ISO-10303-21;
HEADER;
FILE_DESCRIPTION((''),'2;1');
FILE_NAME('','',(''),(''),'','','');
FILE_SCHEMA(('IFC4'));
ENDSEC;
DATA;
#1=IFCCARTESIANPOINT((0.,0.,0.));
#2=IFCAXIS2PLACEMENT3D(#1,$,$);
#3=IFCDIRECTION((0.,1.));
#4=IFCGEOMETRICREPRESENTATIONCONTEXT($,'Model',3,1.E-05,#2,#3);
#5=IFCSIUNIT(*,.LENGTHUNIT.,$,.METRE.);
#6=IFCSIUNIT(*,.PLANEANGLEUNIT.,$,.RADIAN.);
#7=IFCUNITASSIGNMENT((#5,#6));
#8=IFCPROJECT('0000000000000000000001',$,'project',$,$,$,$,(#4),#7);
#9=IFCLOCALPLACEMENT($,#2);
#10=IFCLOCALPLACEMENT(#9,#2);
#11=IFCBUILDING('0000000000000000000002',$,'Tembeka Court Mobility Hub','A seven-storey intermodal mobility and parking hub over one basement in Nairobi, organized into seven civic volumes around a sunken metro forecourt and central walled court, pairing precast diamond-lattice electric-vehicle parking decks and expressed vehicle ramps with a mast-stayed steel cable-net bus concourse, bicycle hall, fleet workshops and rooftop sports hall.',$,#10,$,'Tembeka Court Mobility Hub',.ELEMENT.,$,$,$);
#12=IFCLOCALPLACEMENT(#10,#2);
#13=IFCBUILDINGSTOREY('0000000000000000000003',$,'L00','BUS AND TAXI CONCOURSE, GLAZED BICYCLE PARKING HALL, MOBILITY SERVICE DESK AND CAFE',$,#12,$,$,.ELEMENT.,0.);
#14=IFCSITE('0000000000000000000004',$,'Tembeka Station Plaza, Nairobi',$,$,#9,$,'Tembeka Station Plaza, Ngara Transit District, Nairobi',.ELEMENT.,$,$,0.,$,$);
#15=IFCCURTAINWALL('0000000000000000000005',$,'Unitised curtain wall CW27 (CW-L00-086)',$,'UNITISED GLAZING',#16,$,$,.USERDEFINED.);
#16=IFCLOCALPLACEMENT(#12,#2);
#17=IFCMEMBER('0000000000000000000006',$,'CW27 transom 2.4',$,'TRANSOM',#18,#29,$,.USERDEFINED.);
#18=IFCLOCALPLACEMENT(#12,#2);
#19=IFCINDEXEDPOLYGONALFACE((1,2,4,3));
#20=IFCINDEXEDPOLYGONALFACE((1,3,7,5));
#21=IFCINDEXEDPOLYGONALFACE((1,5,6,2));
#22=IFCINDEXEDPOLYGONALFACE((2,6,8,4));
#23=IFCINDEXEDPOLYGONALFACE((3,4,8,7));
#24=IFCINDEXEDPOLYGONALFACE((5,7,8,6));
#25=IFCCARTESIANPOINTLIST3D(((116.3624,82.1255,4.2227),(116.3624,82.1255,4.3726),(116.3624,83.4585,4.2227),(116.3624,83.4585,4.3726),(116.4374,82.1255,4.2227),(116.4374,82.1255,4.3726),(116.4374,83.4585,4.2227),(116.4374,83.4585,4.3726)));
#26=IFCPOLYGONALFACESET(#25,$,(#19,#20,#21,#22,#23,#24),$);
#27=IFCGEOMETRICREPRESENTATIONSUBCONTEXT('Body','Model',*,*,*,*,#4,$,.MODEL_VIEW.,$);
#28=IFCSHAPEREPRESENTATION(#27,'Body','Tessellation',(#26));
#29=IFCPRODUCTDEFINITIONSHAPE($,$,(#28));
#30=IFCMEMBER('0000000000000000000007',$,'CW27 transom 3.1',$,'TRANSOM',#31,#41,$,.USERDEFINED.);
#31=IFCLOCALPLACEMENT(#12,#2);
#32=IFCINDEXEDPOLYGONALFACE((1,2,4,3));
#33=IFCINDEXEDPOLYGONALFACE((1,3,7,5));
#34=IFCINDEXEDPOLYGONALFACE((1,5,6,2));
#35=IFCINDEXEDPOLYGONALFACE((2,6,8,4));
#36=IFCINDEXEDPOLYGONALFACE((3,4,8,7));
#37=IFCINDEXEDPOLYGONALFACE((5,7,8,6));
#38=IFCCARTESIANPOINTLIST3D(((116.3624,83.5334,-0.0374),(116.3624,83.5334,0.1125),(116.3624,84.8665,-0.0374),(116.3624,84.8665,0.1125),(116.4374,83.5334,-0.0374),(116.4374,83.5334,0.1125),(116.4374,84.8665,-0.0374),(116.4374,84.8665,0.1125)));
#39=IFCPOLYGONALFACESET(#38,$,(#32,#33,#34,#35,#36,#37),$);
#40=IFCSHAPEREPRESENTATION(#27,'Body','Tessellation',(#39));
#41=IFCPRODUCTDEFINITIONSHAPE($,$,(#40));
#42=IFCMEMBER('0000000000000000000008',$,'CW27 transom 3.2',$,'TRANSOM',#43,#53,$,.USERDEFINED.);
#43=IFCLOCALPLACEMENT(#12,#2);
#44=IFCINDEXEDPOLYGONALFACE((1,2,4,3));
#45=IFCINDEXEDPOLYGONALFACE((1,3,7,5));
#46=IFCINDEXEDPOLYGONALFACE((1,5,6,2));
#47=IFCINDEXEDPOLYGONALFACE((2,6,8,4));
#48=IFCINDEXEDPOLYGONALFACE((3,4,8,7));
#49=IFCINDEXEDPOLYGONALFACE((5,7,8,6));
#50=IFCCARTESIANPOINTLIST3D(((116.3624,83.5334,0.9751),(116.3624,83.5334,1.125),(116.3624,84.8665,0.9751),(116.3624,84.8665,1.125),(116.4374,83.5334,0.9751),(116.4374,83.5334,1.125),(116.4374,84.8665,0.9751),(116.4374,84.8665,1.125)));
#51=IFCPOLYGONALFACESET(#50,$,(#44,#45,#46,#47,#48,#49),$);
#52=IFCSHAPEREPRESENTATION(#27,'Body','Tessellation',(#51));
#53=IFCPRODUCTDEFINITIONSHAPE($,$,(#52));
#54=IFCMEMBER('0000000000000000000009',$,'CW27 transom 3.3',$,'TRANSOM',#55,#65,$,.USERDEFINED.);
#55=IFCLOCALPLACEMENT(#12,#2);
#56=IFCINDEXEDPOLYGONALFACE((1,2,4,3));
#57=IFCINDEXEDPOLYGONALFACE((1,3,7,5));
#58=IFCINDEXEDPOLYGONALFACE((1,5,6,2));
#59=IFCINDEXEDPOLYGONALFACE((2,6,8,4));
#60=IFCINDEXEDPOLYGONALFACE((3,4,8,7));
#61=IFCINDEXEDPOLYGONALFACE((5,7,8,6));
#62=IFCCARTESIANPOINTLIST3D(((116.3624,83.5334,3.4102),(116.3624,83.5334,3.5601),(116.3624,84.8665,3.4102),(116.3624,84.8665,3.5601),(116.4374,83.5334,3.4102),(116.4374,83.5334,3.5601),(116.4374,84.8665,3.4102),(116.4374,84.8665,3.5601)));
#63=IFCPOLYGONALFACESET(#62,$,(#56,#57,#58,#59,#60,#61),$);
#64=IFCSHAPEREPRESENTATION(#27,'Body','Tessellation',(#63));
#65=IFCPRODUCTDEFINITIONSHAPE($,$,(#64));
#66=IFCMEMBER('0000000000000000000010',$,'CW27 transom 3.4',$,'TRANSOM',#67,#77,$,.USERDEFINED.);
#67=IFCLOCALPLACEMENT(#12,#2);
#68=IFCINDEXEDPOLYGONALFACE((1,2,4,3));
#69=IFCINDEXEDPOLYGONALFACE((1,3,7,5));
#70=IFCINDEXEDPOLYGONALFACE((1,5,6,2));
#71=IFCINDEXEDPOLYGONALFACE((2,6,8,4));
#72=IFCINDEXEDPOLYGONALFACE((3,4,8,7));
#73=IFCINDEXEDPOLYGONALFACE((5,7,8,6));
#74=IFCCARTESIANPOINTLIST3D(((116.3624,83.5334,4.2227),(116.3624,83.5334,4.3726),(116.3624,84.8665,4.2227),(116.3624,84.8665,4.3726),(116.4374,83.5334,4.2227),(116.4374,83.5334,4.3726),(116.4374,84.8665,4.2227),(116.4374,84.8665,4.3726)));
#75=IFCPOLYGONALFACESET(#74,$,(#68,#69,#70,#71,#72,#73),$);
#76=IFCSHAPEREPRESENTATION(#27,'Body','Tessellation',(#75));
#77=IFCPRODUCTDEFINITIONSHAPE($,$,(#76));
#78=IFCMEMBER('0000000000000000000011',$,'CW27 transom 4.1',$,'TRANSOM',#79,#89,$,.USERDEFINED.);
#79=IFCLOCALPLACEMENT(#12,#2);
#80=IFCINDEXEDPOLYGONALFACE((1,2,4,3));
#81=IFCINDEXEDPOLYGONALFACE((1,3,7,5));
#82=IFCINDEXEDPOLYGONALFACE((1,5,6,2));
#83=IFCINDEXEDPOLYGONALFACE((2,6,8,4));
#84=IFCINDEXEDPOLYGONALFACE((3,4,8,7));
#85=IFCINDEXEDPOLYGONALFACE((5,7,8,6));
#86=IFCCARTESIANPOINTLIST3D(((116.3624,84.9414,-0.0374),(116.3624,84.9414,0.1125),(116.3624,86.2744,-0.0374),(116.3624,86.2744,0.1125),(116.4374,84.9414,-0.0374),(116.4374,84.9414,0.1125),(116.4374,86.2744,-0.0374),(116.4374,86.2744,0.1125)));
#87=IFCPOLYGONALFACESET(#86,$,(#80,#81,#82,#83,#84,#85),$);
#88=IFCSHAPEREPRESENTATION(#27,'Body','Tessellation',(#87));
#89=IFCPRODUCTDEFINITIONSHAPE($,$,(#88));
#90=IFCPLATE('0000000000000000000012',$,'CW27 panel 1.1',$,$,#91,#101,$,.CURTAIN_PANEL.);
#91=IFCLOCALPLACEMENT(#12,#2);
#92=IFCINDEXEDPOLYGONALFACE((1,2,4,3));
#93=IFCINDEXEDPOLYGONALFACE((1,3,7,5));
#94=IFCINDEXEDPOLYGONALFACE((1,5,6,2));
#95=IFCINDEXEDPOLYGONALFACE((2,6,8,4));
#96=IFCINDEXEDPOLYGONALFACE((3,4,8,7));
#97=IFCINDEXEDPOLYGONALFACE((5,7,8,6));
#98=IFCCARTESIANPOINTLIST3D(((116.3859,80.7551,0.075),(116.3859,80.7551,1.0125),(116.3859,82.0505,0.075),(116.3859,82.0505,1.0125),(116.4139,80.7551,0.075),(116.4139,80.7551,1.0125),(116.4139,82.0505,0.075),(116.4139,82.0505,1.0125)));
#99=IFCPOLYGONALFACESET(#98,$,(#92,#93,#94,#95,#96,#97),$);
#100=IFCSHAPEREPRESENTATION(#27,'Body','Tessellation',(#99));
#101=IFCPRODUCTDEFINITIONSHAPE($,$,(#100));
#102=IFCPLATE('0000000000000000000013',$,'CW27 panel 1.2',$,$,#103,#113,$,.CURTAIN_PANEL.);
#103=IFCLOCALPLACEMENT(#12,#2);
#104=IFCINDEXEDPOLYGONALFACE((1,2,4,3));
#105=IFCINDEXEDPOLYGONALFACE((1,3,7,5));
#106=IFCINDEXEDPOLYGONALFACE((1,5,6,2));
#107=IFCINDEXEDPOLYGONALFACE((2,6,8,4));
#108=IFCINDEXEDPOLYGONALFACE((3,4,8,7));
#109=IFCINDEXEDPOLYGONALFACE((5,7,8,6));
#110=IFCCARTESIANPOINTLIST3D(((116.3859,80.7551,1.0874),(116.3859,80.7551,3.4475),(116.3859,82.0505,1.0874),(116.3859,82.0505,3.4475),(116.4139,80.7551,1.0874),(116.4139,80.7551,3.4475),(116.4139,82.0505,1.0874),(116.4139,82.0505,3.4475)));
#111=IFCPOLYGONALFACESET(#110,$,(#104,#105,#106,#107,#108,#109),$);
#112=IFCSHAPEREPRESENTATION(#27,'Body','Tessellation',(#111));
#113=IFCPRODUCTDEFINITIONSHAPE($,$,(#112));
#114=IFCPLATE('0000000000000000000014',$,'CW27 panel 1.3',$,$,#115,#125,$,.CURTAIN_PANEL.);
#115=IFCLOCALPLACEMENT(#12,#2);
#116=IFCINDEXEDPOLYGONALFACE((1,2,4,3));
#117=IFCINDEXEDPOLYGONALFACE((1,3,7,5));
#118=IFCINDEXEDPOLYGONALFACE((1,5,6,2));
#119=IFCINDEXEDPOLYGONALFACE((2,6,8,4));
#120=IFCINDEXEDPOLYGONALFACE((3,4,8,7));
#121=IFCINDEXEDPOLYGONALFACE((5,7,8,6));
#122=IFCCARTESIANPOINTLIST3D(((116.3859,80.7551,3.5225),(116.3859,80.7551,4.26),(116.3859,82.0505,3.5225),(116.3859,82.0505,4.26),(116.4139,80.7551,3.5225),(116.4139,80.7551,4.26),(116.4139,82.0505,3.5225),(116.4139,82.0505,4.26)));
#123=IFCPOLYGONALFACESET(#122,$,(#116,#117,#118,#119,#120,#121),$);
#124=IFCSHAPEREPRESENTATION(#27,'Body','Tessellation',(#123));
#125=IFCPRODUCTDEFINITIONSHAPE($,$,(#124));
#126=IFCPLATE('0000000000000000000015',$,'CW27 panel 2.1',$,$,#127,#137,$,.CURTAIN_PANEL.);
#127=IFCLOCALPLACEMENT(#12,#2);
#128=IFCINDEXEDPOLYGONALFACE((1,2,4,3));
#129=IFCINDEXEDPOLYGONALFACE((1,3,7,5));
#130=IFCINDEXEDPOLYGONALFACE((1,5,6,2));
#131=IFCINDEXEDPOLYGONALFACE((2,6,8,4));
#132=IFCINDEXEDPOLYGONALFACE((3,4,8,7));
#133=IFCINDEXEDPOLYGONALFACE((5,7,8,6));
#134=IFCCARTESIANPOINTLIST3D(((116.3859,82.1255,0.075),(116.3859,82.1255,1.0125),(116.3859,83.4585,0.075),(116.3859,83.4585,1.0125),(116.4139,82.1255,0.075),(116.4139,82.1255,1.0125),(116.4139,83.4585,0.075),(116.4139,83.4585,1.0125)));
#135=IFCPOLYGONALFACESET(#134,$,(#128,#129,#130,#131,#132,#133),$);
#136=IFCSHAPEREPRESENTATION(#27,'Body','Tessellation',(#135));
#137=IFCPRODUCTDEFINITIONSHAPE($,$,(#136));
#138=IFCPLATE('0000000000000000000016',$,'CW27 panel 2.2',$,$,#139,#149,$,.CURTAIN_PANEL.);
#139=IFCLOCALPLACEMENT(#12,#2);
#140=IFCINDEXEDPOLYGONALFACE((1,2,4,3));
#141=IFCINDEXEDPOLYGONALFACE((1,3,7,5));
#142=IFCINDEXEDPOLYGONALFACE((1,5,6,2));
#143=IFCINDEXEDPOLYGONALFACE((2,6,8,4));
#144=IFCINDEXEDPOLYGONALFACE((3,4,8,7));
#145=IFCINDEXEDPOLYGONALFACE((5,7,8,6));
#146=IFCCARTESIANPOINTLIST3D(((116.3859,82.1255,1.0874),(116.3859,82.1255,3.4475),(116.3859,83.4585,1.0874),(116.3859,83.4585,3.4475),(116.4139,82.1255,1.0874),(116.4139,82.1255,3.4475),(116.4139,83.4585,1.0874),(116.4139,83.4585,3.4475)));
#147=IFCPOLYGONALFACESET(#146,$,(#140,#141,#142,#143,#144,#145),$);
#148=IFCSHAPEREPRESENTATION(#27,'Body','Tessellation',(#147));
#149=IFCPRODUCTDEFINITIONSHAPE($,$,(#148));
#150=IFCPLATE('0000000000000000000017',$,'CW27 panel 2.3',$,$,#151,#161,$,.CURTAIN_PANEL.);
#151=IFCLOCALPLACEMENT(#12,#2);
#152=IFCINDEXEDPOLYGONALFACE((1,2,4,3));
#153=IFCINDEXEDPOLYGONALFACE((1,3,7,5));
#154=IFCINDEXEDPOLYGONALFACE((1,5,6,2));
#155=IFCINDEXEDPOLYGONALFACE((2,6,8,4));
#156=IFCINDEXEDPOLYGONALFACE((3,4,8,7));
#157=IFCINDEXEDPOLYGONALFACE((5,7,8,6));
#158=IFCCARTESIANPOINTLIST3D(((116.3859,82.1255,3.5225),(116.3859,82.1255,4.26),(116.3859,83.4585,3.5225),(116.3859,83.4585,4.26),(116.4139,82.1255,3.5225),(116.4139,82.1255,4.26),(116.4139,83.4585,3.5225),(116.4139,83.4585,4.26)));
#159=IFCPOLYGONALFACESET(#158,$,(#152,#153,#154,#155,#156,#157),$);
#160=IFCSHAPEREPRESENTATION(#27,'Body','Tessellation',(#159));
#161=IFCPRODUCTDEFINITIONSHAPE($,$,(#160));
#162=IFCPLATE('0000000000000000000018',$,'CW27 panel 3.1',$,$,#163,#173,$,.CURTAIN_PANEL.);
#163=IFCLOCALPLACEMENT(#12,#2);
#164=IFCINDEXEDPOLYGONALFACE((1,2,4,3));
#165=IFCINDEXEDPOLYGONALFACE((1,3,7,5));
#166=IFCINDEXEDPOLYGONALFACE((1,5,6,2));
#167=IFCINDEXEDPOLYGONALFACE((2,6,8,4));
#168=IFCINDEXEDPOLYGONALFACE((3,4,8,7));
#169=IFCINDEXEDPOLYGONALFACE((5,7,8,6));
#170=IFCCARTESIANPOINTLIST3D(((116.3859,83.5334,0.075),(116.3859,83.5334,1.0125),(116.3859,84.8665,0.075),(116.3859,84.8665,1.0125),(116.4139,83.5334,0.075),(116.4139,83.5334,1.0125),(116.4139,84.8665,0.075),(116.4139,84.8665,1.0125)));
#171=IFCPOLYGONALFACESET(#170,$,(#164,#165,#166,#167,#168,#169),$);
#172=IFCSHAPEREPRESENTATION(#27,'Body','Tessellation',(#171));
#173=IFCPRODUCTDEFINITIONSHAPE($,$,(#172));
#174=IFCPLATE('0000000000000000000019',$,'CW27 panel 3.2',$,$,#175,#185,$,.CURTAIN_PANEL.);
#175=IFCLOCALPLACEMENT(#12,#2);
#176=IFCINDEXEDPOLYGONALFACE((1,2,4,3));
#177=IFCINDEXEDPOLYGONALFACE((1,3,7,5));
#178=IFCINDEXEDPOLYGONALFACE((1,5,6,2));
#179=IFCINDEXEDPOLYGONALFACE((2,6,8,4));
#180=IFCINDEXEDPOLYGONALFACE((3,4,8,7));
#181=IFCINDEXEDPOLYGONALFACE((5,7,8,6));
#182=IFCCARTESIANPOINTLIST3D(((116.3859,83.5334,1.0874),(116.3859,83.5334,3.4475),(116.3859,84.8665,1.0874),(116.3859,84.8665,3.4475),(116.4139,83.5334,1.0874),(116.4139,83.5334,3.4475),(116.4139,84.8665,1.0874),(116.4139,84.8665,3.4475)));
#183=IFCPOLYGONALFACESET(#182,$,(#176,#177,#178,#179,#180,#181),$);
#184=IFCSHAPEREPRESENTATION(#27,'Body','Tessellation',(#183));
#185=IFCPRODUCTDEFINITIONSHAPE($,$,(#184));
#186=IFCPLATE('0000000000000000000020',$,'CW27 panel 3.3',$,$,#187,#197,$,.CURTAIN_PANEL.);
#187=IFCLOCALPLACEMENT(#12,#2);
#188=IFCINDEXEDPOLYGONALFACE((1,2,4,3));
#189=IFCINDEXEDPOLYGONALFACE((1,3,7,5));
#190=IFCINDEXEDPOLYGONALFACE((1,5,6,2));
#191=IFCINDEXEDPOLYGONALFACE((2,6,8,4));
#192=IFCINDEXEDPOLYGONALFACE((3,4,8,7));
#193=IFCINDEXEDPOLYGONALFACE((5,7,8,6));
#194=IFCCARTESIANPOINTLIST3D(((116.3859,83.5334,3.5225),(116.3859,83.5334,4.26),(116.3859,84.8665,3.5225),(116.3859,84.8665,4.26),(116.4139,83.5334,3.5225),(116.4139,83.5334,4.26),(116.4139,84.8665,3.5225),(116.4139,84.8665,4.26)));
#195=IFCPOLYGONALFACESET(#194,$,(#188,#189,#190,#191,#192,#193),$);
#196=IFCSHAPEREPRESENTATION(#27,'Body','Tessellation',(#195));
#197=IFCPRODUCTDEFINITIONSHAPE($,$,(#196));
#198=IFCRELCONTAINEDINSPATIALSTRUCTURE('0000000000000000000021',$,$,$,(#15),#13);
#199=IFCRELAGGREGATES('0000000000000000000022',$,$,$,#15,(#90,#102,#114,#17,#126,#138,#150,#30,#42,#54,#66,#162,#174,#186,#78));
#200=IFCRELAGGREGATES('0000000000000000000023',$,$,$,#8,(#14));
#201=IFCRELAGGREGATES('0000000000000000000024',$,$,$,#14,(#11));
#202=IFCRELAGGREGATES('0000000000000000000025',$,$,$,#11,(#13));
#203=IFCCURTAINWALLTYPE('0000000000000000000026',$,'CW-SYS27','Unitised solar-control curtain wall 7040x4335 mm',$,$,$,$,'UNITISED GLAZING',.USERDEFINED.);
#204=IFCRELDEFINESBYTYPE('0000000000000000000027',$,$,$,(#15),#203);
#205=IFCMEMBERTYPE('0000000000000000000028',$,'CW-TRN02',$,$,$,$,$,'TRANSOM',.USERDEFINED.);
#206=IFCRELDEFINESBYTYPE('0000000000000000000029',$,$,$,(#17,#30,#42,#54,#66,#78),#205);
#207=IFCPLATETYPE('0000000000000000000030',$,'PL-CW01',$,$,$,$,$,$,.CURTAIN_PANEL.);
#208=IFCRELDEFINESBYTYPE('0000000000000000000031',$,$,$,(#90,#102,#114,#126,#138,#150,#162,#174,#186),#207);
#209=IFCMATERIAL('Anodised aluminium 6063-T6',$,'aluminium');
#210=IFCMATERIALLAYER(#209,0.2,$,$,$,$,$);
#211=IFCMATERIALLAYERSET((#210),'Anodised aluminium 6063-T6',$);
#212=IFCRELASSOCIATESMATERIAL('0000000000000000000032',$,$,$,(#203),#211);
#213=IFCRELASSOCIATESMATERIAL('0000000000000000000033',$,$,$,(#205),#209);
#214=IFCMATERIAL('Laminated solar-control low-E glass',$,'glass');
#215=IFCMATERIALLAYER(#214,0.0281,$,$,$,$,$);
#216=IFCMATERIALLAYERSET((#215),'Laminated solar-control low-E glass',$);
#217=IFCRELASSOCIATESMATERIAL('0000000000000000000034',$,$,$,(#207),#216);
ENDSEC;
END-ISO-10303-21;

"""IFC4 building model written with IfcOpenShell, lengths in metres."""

from ifc_helpers import new_model, si_unit, direction, frame, origin, origin_2d, place, context, subcontext, project, spatial, rectangle, extrude, material, layer, layer_set, material_profile, profile_set, type_object, element, aggregate, save


model = new_model("IFC4")

# Units and contexts
model_context = context("Model", 3, precision=1e-05, world=origin(), true_north=direction((0.0, 1.0)))
body_context = subcontext(model_context, "Body", "Model", "MODEL_VIEW")
ifc_project = project(units=[si_unit("LENGTHUNIT", "METRE"), si_unit("PLANEANGLEUNIT", "RADIAN")], contexts=[model_context])

# Site, building, storey
site_placement = place(None, origin())
site = spatial("IfcSite", under=ifc_project, at=site_placement, Name="Tembeka Station Plaza, Nairobi", LongName="Tembeka Station Plaza, Ngara Transit District, Nairobi", CompositionType="ELEMENT", RefElevation=0.0)
building_placement = place(site_placement, origin())
building = spatial("IfcBuilding", under=site, at=building_placement, Name="Tembeka Court Mobility Hub", Description="A seven-storey intermodal mobility and parking hub over one basement in Nairobi, organized into seven civic volumes around a sunken metro forecourt and central walled court, pairing precast diamond-lattice electric-vehicle parking decks and expressed vehicle ramps with a mast-stayed steel cable-net bus concourse, bicycle hall, fleet workshops and rooftop sports hall.", LongName="Tembeka Court Mobility Hub", CompositionType="ELEMENT")
storey_placement = place(building_placement, origin())
storey = spatial("IfcBuildingStorey", under=building, at=storey_placement, Name="L00", Description="BUS AND TAXI CONCOURSE, GLAZED BICYCLE PARKING HALL, MOBILITY SERVICE DESK AND CAFE", CompositionType="ELEMENT", Elevation=0.0)

# Curtain wall, members, plates
ifc_material_1 = material(Name="Anodised aluminium 6063-T6", Category="aluminium")
ifc_layer_1 = layer(ifc_material_1, 0.2)
ifc_layer_set_1 = layer_set([ifc_layer_1], Name="Anodised aluminium 6063-T6")
curtain_wall_type = type_object("IfcCurtainWallType", Name="CW-SYS27", Description="Unitised solar-control curtain wall 7040x4335 mm", ElementType="UNITISED GLAZING", PredefinedType="USERDEFINED", material=ifc_layer_set_1)
curtain_wall_placement = place(storey_placement, origin())
curtain_wall = element("IfcCurtainWall", 1, at=curtain_wall_placement, inside=storey, type_object=curtain_wall_type, Name="Unitised curtain wall CW27 (CW-L00-086)", ObjectType="UNITISED GLAZING", PredefinedType="USERDEFINED")
ifc_material_profile_1 = material_profile(ifc_material_1, rectangle(XDim=0.075, YDim=0.1499, at=origin_2d()), Name="ALU-TRN 75x150")
ifc_profile_set_1 = profile_set([ifc_material_profile_1], Name="Anodised aluminium 6063-T6")
member_type_1 = type_object("IfcMemberType", Name="CW-TRN02", ElementType="TRANSOM", PredefinedType="USERDEFINED", material=ifc_profile_set_1)
member_1_placement = place(storey_placement, frame((116.3999, 82.1255, 4.2976), z_axis=(0.0, 1.0, 0.0), x_axis=(-1.0, 0.0, 0.0)))
member_1 = element("IfcMember", 2, at=member_1_placement, type_object=member_type_1, Name="CW27 transom 2.4", ObjectType="TRANSOM", PredefinedType="USERDEFINED", context=body_context, shape_type="SweptSolid", body=[
    extrude(rectangle(XDim=0.075, YDim=0.1499, at=origin_2d()), origin(), (0.0, 0.0, 1.0), 1.333),
])
member_2_placement = place(storey_placement, frame((116.3999, 83.5334, 0.0376), z_axis=(0.0, 1.0, 0.0), x_axis=(-1.0, 0.0, 0.0)))
member_2 = element("IfcMember", 3, at=member_2_placement, type_object=member_type_1, Name="CW27 transom 3.1", ObjectType="TRANSOM", PredefinedType="USERDEFINED", context=body_context, shape_type="SweptSolid", body=[
    extrude(rectangle(XDim=0.075, YDim=0.1499, at=origin_2d()), origin(), (0.0, 0.0, 1.0), 1.333),
])
member_3_placement = place(storey_placement, frame((116.3999, 83.5334, 1.05), z_axis=(0.0, 1.0, 0.0), x_axis=(-1.0, 0.0, 0.0)))
member_3 = element("IfcMember", 4, at=member_3_placement, type_object=member_type_1, Name="CW27 transom 3.2", ObjectType="TRANSOM", PredefinedType="USERDEFINED", context=body_context, shape_type="SweptSolid", body=[
    extrude(rectangle(XDim=0.075, YDim=0.1499, at=origin_2d()), origin(), (0.0, 0.0, 1.0), 1.333),
])
member_4_placement = place(storey_placement, frame((116.3999, 83.5334, 3.4851), z_axis=(0.0, 1.0, 0.0), x_axis=(-1.0, 0.0, 0.0)))
member_4 = element("IfcMember", 5, at=member_4_placement, type_object=member_type_1, Name="CW27 transom 3.3", ObjectType="TRANSOM", PredefinedType="USERDEFINED", context=body_context, shape_type="SweptSolid", body=[
    extrude(rectangle(XDim=0.075, YDim=0.1499, at=origin_2d()), origin(), (0.0, 0.0, 1.0), 1.333),
])
member_5_placement = place(storey_placement, frame((116.3999, 83.5334, 4.2976), z_axis=(0.0, 1.0, 0.0), x_axis=(-1.0, 0.0, 0.0)))
member_5 = element("IfcMember", 6, at=member_5_placement, type_object=member_type_1, Name="CW27 transom 3.4", ObjectType="TRANSOM", PredefinedType="USERDEFINED", context=body_context, shape_type="SweptSolid", body=[
    extrude(rectangle(XDim=0.075, YDim=0.1499, at=origin_2d()), origin(), (0.0, 0.0, 1.0), 1.333),
])
member_6_placement = place(storey_placement, frame((116.3999, 84.9414, 0.0376), z_axis=(0.0, 1.0, 0.0), x_axis=(-1.0, 0.0, 0.0)))
member_6 = element("IfcMember", 7, at=member_6_placement, type_object=member_type_1, Name="CW27 transom 4.1", ObjectType="TRANSOM", PredefinedType="USERDEFINED", context=body_context, shape_type="SweptSolid", body=[
    extrude(rectangle(XDim=0.075, YDim=0.1499, at=origin_2d()), origin(), (0.0, 0.0, 1.0), 1.333),
])
ifc_material_2 = material(Name="Laminated solar-control low-E glass", Category="glass")
ifc_layer_2 = layer(ifc_material_2, 0.0281)
ifc_layer_set_2 = layer_set([ifc_layer_2], Name="Laminated solar-control low-E glass")
plate_type = type_object("IfcPlateType", Name="PL-CW01", PredefinedType="CURTAIN_PANEL", material=ifc_layer_set_2)
plate_1_placement = place(storey_placement, frame((116.3999, 81.4028, 0.075), z_axis=(0.0, 0.0, 1.0), x_axis=(0.0, 1.0, 0.0)))
plate_1 = element("IfcPlate", 8, at=plate_1_placement, type_object=plate_type, Name="CW27 panel 1.1", PredefinedType="CURTAIN_PANEL", context=body_context, shape_type="SweptSolid", body=[
    extrude(rectangle(XDim=1.2954, YDim=0.0281, at=origin_2d()), origin(), (0.0, 0.0, 1.0), 0.9375),
])
plate_2_placement = place(storey_placement, frame((116.3999, 81.4028, 1.0874), z_axis=(0.0, 0.0, 1.0), x_axis=(0.0, 1.0, 0.0)))
plate_2 = element("IfcPlate", 9, at=plate_2_placement, type_object=plate_type, Name="CW27 panel 1.2", PredefinedType="CURTAIN_PANEL", context=body_context, shape_type="SweptSolid", body=[
    extrude(rectangle(XDim=1.2954, YDim=0.0281, at=origin_2d()), origin(), (0.0, 0.0, 1.0), 2.3601),
])
plate_3_placement = place(storey_placement, frame((116.3999, 81.4028, 3.5225), z_axis=(0.0, 0.0, 1.0), x_axis=(0.0, 1.0, 0.0)))
plate_3 = element("IfcPlate", 10, at=plate_3_placement, type_object=plate_type, Name="CW27 panel 1.3", PredefinedType="CURTAIN_PANEL", context=body_context, shape_type="SweptSolid", body=[
    extrude(rectangle(XDim=1.2954, YDim=0.0281, at=origin_2d()), origin(), (0.0, 0.0, 1.0), 0.7375),
])
plate_4_placement = place(storey_placement, frame((116.3999, 82.792, 0.075), z_axis=(0.0, 0.0, 1.0), x_axis=(0.0, 1.0, 0.0)))
plate_4 = element("IfcPlate", 11, at=plate_4_placement, type_object=plate_type, Name="CW27 panel 2.1", PredefinedType="CURTAIN_PANEL", context=body_context, shape_type="SweptSolid", body=[
    extrude(rectangle(XDim=1.333, YDim=0.0281, at=origin_2d()), origin(), (0.0, 0.0, 1.0), 0.9375),
])
plate_5_placement = place(storey_placement, frame((116.3999, 82.792, 1.0874), z_axis=(0.0, 0.0, 1.0), x_axis=(0.0, 1.0, 0.0)))
plate_5 = element("IfcPlate", 12, at=plate_5_placement, type_object=plate_type, Name="CW27 panel 2.2", PredefinedType="CURTAIN_PANEL", context=body_context, shape_type="SweptSolid", body=[
    extrude(rectangle(XDim=1.333, YDim=0.0281, at=origin_2d()), origin(), (0.0, 0.0, 1.0), 2.3601),
])
plate_6_placement = place(storey_placement, frame((116.3999, 82.792, 3.5225), z_axis=(0.0, 0.0, 1.0), x_axis=(0.0, 1.0, 0.0)))
plate_6 = element("IfcPlate", 13, at=plate_6_placement, type_object=plate_type, Name="CW27 panel 2.3", PredefinedType="CURTAIN_PANEL", context=body_context, shape_type="SweptSolid", body=[
    extrude(rectangle(XDim=1.333, YDim=0.0281, at=origin_2d()), origin(), (0.0, 0.0, 1.0), 0.7375),
])
plate_7_placement = place(storey_placement, frame((116.3999, 84.2, 0.075), z_axis=(0.0, 0.0, 1.0), x_axis=(0.0, 1.0, 0.0)))
plate_7 = element("IfcPlate", 14, at=plate_7_placement, type_object=plate_type, Name="CW27 panel 3.1", PredefinedType="CURTAIN_PANEL", context=body_context, shape_type="SweptSolid", body=[
    extrude(rectangle(XDim=1.333, YDim=0.0281, at=origin_2d()), origin(), (0.0, 0.0, 1.0), 0.9375),
])
plate_8_placement = place(storey_placement, frame((116.3999, 84.2, 1.0874), z_axis=(0.0, 0.0, 1.0), x_axis=(0.0, 1.0, 0.0)))
plate_8 = element("IfcPlate", 15, at=plate_8_placement, type_object=plate_type, Name="CW27 panel 3.2", PredefinedType="CURTAIN_PANEL", context=body_context, shape_type="SweptSolid", body=[
    extrude(rectangle(XDim=1.333, YDim=0.0281, at=origin_2d()), origin(), (0.0, 0.0, 1.0), 2.3601),
])
plate_9_placement = place(storey_placement, frame((116.3999, 84.2, 3.5225), z_axis=(0.0, 0.0, 1.0), x_axis=(0.0, 1.0, 0.0)))
plate_9 = element("IfcPlate", 16, at=plate_9_placement, type_object=plate_type, Name="CW27 panel 3.3", PredefinedType="CURTAIN_PANEL", context=body_context, shape_type="SweptSolid", body=[
    extrude(rectangle(XDim=1.333, YDim=0.0281, at=origin_2d()), origin(), (0.0, 0.0, 1.0), 0.7375),
])
aggregate(curtain_wall, [plate_1, plate_2, plate_3, member_1, plate_4, plate_5, plate_6, member_2, member_3, member_4, member_5, plate_7, plate_8, plate_9, member_6])

save(model, "model.ifc")
